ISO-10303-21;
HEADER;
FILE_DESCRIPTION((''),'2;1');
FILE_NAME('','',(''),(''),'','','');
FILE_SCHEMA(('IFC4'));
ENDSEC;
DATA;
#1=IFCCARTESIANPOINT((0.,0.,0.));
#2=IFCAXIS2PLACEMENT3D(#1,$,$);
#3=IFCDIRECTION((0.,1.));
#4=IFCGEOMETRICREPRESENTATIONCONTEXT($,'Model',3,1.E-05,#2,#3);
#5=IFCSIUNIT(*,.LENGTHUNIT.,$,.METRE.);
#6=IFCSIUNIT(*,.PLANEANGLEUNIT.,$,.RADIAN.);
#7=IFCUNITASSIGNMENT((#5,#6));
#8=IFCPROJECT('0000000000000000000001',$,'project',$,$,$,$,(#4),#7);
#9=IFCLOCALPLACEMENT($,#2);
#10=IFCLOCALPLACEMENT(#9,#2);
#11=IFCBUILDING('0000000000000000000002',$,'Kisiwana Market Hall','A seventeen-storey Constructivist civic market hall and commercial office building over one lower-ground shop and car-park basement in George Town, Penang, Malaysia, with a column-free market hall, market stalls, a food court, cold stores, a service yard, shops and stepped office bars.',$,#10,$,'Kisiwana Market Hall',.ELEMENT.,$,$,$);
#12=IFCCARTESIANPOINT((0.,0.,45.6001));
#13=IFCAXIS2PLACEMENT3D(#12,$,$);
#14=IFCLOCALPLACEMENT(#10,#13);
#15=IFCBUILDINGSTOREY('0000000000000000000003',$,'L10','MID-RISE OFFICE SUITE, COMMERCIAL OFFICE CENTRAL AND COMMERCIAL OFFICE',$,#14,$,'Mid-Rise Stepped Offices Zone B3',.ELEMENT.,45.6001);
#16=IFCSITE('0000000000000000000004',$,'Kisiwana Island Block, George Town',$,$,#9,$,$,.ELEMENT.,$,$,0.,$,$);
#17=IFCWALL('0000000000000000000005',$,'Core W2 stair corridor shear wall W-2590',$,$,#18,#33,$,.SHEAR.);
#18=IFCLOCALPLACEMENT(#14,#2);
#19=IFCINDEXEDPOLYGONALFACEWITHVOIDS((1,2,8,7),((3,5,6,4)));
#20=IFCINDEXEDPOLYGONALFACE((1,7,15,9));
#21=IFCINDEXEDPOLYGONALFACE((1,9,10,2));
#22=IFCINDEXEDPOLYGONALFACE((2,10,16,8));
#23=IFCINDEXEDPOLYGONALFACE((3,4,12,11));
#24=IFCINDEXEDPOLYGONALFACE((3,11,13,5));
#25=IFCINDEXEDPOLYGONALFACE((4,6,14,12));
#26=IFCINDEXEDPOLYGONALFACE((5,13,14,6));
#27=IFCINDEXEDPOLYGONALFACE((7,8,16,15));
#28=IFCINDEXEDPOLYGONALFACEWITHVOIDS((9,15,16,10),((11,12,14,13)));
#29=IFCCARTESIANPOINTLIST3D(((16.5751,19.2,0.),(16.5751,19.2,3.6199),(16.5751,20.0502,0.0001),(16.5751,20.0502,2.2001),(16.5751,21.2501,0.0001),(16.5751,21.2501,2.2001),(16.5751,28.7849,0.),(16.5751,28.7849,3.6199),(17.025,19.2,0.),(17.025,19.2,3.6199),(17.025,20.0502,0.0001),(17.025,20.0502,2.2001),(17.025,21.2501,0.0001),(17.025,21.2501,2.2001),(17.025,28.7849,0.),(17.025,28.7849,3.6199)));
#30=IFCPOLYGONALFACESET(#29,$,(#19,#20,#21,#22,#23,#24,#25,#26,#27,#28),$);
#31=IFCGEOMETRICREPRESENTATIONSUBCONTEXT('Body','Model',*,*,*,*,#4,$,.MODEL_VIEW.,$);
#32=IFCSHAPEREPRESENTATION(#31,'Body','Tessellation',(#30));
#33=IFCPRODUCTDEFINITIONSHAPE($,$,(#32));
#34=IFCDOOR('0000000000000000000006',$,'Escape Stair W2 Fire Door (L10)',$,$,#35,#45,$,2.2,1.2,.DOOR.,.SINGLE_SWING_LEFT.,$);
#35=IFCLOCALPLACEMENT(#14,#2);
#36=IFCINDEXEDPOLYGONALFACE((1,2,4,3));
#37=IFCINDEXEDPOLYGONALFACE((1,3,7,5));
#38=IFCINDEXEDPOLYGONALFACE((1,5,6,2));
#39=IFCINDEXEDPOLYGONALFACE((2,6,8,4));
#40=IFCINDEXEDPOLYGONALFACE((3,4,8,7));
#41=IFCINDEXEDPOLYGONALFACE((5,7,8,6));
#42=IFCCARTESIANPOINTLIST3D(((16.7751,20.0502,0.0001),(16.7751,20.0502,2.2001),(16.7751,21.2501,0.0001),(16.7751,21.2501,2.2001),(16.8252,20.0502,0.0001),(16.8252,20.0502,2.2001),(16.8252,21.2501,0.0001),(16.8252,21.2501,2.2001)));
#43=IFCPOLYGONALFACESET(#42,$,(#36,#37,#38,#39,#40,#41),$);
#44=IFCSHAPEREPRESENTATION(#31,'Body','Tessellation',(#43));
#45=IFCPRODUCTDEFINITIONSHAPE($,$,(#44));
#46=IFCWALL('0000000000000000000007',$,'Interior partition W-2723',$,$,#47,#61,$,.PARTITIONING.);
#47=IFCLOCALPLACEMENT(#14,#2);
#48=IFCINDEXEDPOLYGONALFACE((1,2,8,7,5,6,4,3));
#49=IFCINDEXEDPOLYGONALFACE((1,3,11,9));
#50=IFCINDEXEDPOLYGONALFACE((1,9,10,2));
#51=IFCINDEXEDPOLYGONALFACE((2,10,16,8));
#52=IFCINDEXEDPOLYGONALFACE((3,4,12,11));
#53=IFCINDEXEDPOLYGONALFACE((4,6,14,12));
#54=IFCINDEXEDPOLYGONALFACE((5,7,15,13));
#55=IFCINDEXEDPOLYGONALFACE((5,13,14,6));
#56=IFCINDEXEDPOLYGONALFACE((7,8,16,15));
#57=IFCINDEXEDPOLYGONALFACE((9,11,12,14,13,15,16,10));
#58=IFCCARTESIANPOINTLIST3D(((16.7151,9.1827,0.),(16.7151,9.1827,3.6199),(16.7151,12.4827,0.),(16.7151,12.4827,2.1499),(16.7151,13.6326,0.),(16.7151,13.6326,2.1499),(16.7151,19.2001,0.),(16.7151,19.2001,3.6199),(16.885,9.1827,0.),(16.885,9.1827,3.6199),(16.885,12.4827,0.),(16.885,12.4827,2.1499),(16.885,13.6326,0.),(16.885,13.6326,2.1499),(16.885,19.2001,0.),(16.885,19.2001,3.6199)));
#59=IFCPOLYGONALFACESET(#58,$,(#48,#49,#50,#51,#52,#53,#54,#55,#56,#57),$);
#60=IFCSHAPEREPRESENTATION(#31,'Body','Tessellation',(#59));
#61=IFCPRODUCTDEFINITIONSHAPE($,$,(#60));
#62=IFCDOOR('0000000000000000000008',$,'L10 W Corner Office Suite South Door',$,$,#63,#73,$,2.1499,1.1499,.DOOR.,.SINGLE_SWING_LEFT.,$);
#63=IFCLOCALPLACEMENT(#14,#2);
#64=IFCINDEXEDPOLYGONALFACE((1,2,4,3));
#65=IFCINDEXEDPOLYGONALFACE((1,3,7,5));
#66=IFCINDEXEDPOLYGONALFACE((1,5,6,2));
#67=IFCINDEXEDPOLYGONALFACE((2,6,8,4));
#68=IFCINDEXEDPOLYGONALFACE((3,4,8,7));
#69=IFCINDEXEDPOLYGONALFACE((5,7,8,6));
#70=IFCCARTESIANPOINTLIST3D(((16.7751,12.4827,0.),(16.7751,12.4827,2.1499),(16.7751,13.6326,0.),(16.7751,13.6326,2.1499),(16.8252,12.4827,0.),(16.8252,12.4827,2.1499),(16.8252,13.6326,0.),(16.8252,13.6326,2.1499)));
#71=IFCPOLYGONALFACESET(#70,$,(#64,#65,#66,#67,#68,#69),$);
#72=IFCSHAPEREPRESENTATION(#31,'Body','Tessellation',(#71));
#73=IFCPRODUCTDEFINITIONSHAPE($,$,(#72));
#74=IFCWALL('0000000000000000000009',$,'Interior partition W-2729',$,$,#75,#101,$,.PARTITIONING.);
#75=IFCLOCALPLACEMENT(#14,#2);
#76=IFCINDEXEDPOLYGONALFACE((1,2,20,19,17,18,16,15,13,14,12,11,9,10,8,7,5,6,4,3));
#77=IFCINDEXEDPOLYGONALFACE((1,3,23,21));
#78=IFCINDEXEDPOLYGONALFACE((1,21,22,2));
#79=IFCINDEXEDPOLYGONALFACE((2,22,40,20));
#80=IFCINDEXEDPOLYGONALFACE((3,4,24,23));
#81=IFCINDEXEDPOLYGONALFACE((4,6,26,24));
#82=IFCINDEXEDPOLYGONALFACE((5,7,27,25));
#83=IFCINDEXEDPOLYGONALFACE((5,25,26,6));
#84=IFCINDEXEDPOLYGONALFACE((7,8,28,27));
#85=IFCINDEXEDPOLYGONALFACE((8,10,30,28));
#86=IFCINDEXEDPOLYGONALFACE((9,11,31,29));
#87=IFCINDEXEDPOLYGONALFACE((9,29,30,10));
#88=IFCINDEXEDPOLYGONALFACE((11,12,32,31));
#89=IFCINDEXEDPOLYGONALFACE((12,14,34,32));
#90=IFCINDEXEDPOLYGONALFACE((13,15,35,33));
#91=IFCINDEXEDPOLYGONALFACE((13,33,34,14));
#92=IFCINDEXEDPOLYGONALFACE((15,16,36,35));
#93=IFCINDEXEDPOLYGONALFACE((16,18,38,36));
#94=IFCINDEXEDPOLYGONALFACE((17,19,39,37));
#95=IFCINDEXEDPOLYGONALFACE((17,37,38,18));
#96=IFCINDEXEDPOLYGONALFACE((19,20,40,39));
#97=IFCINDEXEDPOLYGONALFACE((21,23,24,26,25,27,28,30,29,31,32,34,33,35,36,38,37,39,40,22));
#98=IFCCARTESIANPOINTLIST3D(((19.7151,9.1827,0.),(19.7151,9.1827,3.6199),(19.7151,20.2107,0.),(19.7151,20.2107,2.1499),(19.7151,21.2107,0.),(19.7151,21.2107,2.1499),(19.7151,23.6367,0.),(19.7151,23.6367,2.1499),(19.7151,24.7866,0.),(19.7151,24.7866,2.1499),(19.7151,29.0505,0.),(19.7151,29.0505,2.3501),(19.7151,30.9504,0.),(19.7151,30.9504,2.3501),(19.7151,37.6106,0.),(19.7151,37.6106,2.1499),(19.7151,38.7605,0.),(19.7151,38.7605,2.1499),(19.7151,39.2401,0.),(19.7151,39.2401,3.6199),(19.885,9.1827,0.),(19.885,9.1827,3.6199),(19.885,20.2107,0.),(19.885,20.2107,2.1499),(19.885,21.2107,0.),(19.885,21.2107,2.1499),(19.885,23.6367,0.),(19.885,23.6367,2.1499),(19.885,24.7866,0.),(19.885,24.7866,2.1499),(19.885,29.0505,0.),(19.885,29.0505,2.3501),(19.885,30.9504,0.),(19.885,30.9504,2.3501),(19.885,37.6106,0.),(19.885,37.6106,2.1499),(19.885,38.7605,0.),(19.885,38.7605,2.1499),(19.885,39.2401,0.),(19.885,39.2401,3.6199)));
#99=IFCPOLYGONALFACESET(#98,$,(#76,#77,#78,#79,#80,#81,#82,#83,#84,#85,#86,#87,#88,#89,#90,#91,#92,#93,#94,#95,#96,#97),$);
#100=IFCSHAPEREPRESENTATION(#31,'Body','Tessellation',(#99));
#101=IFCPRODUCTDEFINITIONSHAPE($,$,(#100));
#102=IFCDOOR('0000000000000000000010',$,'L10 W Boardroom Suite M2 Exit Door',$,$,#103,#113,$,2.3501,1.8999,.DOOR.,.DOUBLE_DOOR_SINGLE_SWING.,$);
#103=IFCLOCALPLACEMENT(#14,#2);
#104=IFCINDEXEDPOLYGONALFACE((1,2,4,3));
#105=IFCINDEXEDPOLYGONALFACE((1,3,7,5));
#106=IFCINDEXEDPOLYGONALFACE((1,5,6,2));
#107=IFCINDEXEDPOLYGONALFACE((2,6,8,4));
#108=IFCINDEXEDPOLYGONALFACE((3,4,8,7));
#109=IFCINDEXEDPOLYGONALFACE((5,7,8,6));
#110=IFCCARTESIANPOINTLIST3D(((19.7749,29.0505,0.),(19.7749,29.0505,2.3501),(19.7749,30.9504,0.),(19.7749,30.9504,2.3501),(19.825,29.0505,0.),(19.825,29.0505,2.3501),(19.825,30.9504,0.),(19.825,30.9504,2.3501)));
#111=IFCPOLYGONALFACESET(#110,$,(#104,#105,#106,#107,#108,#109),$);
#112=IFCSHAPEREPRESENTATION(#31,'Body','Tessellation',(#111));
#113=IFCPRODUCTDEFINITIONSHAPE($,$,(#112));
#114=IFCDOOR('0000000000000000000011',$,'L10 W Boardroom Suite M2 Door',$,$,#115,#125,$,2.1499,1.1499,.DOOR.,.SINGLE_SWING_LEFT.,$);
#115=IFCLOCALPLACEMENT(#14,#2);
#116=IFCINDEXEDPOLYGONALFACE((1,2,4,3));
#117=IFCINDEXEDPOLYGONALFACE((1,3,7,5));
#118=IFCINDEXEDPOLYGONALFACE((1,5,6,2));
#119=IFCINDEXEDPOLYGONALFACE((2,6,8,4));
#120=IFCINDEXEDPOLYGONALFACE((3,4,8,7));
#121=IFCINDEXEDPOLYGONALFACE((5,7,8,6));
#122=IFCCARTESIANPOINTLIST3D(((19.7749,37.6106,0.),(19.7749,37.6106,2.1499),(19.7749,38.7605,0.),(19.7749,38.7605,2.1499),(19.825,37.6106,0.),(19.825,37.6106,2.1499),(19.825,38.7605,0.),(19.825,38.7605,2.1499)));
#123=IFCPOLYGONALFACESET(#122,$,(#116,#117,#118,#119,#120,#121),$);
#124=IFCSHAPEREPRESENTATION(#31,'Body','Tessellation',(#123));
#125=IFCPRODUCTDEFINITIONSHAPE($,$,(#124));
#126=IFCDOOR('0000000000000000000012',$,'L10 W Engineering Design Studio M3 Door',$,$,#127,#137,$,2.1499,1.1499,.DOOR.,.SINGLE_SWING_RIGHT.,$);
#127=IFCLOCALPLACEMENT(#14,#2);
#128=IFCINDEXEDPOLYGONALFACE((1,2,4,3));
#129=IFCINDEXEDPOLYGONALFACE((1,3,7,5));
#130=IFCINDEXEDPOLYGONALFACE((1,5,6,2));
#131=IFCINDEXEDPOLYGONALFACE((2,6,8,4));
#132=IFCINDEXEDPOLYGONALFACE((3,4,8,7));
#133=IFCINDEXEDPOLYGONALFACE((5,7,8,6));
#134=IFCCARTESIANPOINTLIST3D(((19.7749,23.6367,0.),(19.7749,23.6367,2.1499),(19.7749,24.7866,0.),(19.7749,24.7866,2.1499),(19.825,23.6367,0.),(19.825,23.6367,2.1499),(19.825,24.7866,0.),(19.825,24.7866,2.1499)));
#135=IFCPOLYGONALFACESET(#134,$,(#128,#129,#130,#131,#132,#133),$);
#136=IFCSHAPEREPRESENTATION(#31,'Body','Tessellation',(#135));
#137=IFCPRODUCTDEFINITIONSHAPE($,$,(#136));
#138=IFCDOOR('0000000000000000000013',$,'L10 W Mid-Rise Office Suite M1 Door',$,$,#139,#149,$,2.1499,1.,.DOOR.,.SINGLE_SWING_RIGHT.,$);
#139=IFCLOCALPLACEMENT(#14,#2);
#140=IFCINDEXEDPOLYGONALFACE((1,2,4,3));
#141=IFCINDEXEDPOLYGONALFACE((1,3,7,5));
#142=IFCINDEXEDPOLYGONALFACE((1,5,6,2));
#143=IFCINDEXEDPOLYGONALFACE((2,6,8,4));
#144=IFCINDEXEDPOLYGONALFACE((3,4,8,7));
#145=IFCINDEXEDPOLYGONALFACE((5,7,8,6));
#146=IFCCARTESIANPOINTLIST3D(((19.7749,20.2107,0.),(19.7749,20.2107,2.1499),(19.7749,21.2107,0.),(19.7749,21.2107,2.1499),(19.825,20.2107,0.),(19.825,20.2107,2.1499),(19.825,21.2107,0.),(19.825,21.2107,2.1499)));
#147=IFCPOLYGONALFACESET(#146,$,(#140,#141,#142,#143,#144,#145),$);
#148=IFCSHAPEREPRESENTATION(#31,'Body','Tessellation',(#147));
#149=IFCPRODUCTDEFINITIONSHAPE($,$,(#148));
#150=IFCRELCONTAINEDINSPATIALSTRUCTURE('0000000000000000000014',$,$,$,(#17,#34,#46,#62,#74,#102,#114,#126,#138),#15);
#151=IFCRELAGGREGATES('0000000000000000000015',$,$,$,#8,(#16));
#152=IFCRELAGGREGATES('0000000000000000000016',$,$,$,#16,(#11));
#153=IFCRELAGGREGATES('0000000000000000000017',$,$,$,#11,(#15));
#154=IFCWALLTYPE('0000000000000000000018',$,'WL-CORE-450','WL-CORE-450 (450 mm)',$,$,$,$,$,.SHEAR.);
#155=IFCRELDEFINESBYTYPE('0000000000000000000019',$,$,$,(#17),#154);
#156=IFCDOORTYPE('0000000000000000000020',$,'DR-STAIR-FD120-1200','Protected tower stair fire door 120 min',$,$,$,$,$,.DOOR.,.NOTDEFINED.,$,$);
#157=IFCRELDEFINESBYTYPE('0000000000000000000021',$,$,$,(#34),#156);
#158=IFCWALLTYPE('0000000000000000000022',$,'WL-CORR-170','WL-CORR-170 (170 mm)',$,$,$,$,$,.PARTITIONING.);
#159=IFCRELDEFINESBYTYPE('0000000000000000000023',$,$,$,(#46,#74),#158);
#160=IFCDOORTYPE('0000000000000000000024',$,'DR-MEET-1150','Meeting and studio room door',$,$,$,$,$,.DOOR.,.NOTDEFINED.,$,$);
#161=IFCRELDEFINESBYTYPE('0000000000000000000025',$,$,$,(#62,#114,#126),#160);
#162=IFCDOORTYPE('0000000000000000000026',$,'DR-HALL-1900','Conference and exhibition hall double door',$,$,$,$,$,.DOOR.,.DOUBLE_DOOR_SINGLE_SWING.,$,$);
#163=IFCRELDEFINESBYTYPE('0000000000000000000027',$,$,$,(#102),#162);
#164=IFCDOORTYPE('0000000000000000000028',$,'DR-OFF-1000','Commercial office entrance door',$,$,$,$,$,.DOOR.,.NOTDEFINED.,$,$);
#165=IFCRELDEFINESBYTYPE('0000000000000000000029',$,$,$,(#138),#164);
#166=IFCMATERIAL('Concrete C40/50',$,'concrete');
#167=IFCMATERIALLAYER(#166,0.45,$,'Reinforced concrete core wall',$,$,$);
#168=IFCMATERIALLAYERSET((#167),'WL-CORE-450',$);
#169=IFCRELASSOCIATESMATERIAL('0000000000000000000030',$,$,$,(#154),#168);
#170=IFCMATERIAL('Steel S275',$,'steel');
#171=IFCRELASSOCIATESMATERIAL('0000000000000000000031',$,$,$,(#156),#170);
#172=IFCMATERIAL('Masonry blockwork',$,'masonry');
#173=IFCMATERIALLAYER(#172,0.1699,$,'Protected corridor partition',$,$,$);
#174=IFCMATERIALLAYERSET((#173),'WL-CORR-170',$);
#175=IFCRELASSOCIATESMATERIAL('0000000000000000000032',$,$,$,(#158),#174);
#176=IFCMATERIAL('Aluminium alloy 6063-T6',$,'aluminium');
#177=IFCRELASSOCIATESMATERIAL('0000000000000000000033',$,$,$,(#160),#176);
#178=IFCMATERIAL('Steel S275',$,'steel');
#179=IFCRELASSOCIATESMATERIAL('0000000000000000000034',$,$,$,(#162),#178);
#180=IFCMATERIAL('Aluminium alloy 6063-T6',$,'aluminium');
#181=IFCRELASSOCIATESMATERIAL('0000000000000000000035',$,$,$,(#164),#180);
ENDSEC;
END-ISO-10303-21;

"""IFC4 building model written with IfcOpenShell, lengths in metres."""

from ifc_helpers import new_model, si_unit, direction, frame, frame_2d, origin, place, context, subcontext, project, spatial, rectangle, extrude, material, layer, layer_set, type_object, element, fill, save


model = new_model("IFC4")

# Units and contexts
model_context = context("Model", 3, precision=1e-05, world=origin(), true_north=direction((0.0, 1.0)))
body_context = subcontext(model_context, "Body", "Model", "MODEL_VIEW")
ifc_project = project(units=[si_unit("LENGTHUNIT", "METRE"), si_unit("PLANEANGLEUNIT", "RADIAN")], contexts=[model_context])

# Site, building, storey
site_placement = place(None, origin())
site = spatial("IfcSite", under=ifc_project, at=site_placement, Name="Kisiwana Island Block, George Town", CompositionType="ELEMENT", RefElevation=0.0)
building_placement = place(site_placement, origin())
building = spatial("IfcBuilding", under=site, at=building_placement, Name="Kisiwana Market Hall", Description="A seventeen-storey Constructivist civic market hall and commercial office building over one lower-ground shop and car-park basement in George Town, Penang, Malaysia, with a column-free market hall, market stalls, a food court, cold stores, a service yard, shops and stepped office bars.", LongName="Kisiwana Market Hall", CompositionType="ELEMENT")
storey_placement = place(building_placement, frame((0.0, 0.0, 45.6001)))
storey = spatial("IfcBuildingStorey", under=building, at=storey_placement, Name="L10", Description="MID-RISE OFFICE SUITE, COMMERCIAL OFFICE CENTRAL AND COMMERCIAL OFFICE", LongName="Mid-Rise Stepped Offices Zone B3", CompositionType="ELEMENT", Elevation=45.6001)

# Walls, openings, doors
ifc_material_1 = material(Name="Concrete C40/50", Category="concrete")
ifc_layer_1 = layer(ifc_material_1, 0.45, Name="Reinforced concrete core wall")
ifc_layer_set_1 = layer_set([ifc_layer_1], Name="WL-CORE-450")
wall_type_1 = type_object("IfcWallType", Name="WL-CORE-450", Description="WL-CORE-450 (450 mm)", PredefinedType="SHEAR", material=ifc_layer_set_1)
wall_1_placement = place(storey_placement, frame((16.8, 19.2, 0.0), z_axis=(0.0, 0.0, 1.0), x_axis=(0.0, 1.0, 0.0)))
wall_1 = element("IfcWall", 1, at=wall_1_placement, inside=storey, type_object=wall_type_1, Name="Core W2 stair corridor shear wall W-2590", PredefinedType="SHEAR", context=body_context, shape_type="SweptSolid", body=[
    extrude(rectangle(XDim=9.585, YDim=0.45, at=frame_2d((4.7925, 0.0))), origin(), (0.0, 0.0, 1.0), 3.6199),
])
opening_1_placement = place(wall_1_placement, frame((0.8501, 0.0, 0.0)))
opening_1 = element("IfcOpeningElement", 2, at=opening_1_placement, cuts=wall_1, PredefinedType="OPENING", context=body_context, shape_type="SweptSolid", body=[
    extrude(rectangle(XDim=1.2, YDim=2.2, at=frame_2d((0.6001, 1.1001))), frame((0.0, 0.2368, 0.0), z_axis=(0.0, -1.0, 0.0), x_axis=(1.0, 0.0, 0.0)), (0.0, 0.0, 1.0), 0.4739),
])
ifc_material_2 = material(Name="Steel S275", Category="steel")
door_type_1 = type_object("IfcDoorType", Name="DR-STAIR-FD120-1200", Description="Protected tower stair fire door 120 min", OperationType="NOTDEFINED", PredefinedType="DOOR", material=ifc_material_2)
door_1_placement = place(opening_1_placement, origin())
door_1 = element("IfcDoor", 3, at=door_1_placement, inside=storey, type_object=door_type_1, Name="Escape Stair W2 Fire Door (L10)", OperationType="SINGLE_SWING_LEFT", OverallHeight=2.2, OverallWidth=1.2, PredefinedType="DOOR", context=body_context, shape_type="SweptSolid", body=[
    extrude(rectangle(XDim=1.2, YDim=2.2, at=frame_2d((0.6001, 1.1001))), frame((0.0, 0.0249, 0.0), z_axis=(0.0, -1.0, 0.0), x_axis=(1.0, 0.0, 0.0)), (0.0, 0.0, 1.0), 0.05),
])
fill(opening_1, door_1)
ifc_material_3 = material(Name="Masonry blockwork", Category="masonry")
ifc_layer_2 = layer(ifc_material_3, 0.1699, Name="Protected corridor partition")
ifc_layer_set_2 = layer_set([ifc_layer_2], Name="WL-CORR-170")
wall_type_2 = type_object("IfcWallType", Name="WL-CORR-170", Description="WL-CORR-170 (170 mm)", PredefinedType="PARTITIONING", material=ifc_layer_set_2)
wall_2_placement = place(storey_placement, frame((16.8, 9.1826, 0.0), z_axis=(0.0, 0.0, 1.0), x_axis=(0.0, 1.0, 0.0)))
wall_2 = element("IfcWall", 4, at=wall_2_placement, inside=storey, type_object=wall_type_2, Name="Interior partition W-2723", PredefinedType="PARTITIONING", context=body_context, shape_type="SweptSolid", body=[
    extrude(rectangle(XDim=10.0173, YDim=0.1699, at=frame_2d((5.0088, 0.0))), origin(), (0.0, 0.0, 1.0), 3.6199),
])
opening_2_placement = place(wall_2_placement, frame((3.3, 0.0, 0.0)))
opening_2 = element("IfcOpeningElement", 5, at=opening_2_placement, cuts=wall_2, PredefinedType="OPENING", context=body_context, shape_type="SweptSolid", body=[
    extrude(rectangle(XDim=1.1499, YDim=2.1499, at=frame_2d((0.575, 1.075))), frame((0.0, 0.0969, 0.0), z_axis=(0.0, -1.0, 0.0), x_axis=(1.0, 0.0, 0.0)), (0.0, 0.0, 1.0), 0.1938),
])
ifc_material_4 = material(Name="Aluminium alloy 6063-T6", Category="aluminium")
door_type_2 = type_object("IfcDoorType", Name="DR-MEET-1150", Description="Meeting and studio room door", OperationType="NOTDEFINED", PredefinedType="DOOR", material=ifc_material_4)
door_2_placement = place(opening_2_placement, origin())
door_2 = element("IfcDoor", 6, at=door_2_placement, inside=storey, type_object=door_type_2, Name="L10 W Corner Office Suite South Door", OperationType="SINGLE_SWING_LEFT", OverallHeight=2.1499, OverallWidth=1.1499, PredefinedType="DOOR", context=body_context, shape_type="SweptSolid", body=[
    extrude(rectangle(XDim=1.1499, YDim=2.1499, at=frame_2d((0.575, 1.075))), frame((0.0, 0.0249, 0.0), z_axis=(0.0, -1.0, 0.0), x_axis=(1.0, 0.0, 0.0)), (0.0, 0.0, 1.0), 0.05),
])
fill(opening_2, door_2)

# Wall, openings, doors
wall_3_placement = place(storey_placement, frame((19.8, 9.1826, 0.0), z_axis=(0.0, 0.0, 1.0), x_axis=(0.0, 1.0, 0.0)))
wall_3 = element("IfcWall", 7, at=wall_3_placement, inside=storey, type_object=wall_type_2, Name="Interior partition W-2729", PredefinedType="PARTITIONING", context=body_context, shape_type="SweptSolid", body=[
    extrude(rectangle(XDim=30.0574, YDim=0.1699, at=frame_2d((15.0288, 0.0))), origin(), (0.0, 0.0, 1.0), 3.6199),
])
opening_3_placement = place(wall_3_placement, frame((11.0281, 0.0, 0.0)))
opening_3 = element("IfcOpeningElement", 8, at=opening_3_placement, cuts=wall_3, PredefinedType="OPENING", context=body_context, shape_type="SweptSolid", body=[
    extrude(rectangle(XDim=1.0, YDim=2.1499, at=frame_2d((0.5, 1.075))), frame((0.0, 0.0969, 0.0), z_axis=(0.0, -1.0, 0.0), x_axis=(1.0, 0.0, 0.0)), (0.0, 0.0, 1.0), 0.1938),
])
opening_4_placement = place(wall_3_placement, frame((28.428, 0.0, 0.0)))
opening_4 = element("IfcOpeningElement", 9, at=opening_4_placement, cuts=wall_3, PredefinedType="OPENING", context=body_context, shape_type="SweptSolid", body=[
    extrude(rectangle(XDim=1.1499, YDim=2.1499, at=frame_2d((0.575, 1.075))), frame((0.0, 0.0969, 0.0), z_axis=(0.0, -1.0, 0.0), x_axis=(1.0, 0.0, 0.0)), (0.0, 0.0, 1.0), 0.1938),
])
opening_5_placement = place(wall_3_placement, frame((14.4541, 0.0, 0.0)))
opening_5 = element("IfcOpeningElement", 10, at=opening_5_placement, cuts=wall_3, PredefinedType="OPENING", context=body_context, shape_type="SweptSolid", body=[
    extrude(rectangle(XDim=1.1499, YDim=2.1499, at=frame_2d((0.575, 1.075))), frame((0.0, 0.0969, 0.0), z_axis=(0.0, -1.0, 0.0), x_axis=(1.0, 0.0, 0.0)), (0.0, 0.0, 1.0), 0.1938),
])
opening_6_placement = place(wall_3_placement, frame((19.8679, 0.0, 0.0)))
opening_6 = element("IfcOpeningElement", 11, at=opening_6_placement, cuts=wall_3, PredefinedType="OPENING", context=body_context, shape_type="SweptSolid", body=[
    extrude(rectangle(XDim=1.8999, YDim=2.3501, at=frame_2d((0.95, 1.175))), frame((0.0, 0.0969, 0.0), z_axis=(0.0, -1.0, 0.0), x_axis=(1.0, 0.0, 0.0)), (0.0, 0.0, 1.0), 0.1938),
])
ifc_material_5 = material(Name="Steel S275", Category="steel")
door_type_3 = type_object("IfcDoorType", Name="DR-HALL-1900", Description="Conference and exhibition hall double door", OperationType="DOUBLE_DOOR_SINGLE_SWING", PredefinedType="DOOR", material=ifc_material_5)
door_3_placement = place(opening_6_placement, frame((1.8999, 0.0, 0.0), z_axis=(0.0, 0.0, 1.0), x_axis=(-1.0, 0.0, 0.0)))
door_3 = element("IfcDoor", 12, at=door_3_placement, inside=storey, type_object=door_type_3, Name="L10 W Boardroom Suite M2 Exit Door", OperationType="DOUBLE_DOOR_SINGLE_SWING", OverallHeight=2.3501, OverallWidth=1.8999, PredefinedType="DOOR", context=body_context, shape_type="SweptSolid", body=[
    extrude(rectangle(XDim=1.8999, YDim=2.3501, at=frame_2d((0.95, 1.175))), frame((0.0, 0.0249, 0.0), z_axis=(0.0, -1.0, 0.0), x_axis=(1.0, 0.0, 0.0)), (0.0, 0.0, 1.0), 0.05),
])
fill(opening_6, door_3)
door_4_placement = place(opening_4_placement, frame((1.1499, 0.0, 0.0), z_axis=(0.0, 0.0, 1.0), x_axis=(-1.0, 0.0, 0.0)))
door_4 = element("IfcDoor", 13, at=door_4_placement, inside=storey, type_object=door_type_2, Name="L10 W Boardroom Suite M2 Door", OperationType="SINGLE_SWING_LEFT", OverallHeight=2.1499, OverallWidth=1.1499, PredefinedType="DOOR", context=body_context, shape_type="SweptSolid", body=[
    extrude(rectangle(XDim=1.1499, YDim=2.1499, at=frame_2d((0.575, 1.075))), frame((0.0, 0.0249, 0.0), z_axis=(0.0, -1.0, 0.0), x_axis=(1.0, 0.0, 0.0)), (0.0, 0.0, 1.0), 0.05),
])
fill(opening_4, door_4)
door_5_placement = place(opening_5_placement, frame((1.1499, 0.0, 0.0), z_axis=(0.0, 0.0, 1.0), x_axis=(-1.0, 0.0, 0.0)))
door_5 = element("IfcDoor", 14, at=door_5_placement, inside=storey, type_object=door_type_2, Name="L10 W Engineering Design Studio M3 Door", OperationType="SINGLE_SWING_RIGHT", OverallHeight=2.1499, OverallWidth=1.1499, PredefinedType="DOOR", context=body_context, shape_type="SweptSolid", body=[
    extrude(rectangle(XDim=1.1499, YDim=2.1499, at=frame_2d((0.575, 1.075))), frame((0.0, 0.0249, 0.0), z_axis=(0.0, -1.0, 0.0), x_axis=(1.0, 0.0, 0.0)), (0.0, 0.0, 1.0), 0.05),
])
fill(opening_5, door_5)
ifc_material_6 = material(Name="Aluminium alloy 6063-T6", Category="aluminium")
door_type_4 = type_object("IfcDoorType", Name="DR-OFF-1000", Description="Commercial office entrance door", OperationType="NOTDEFINED", PredefinedType="DOOR", material=ifc_material_6)
door_6_placement = place(opening_3_placement, frame((1.0, 0.0, 0.0), z_axis=(0.0, 0.0, 1.0), x_axis=(-1.0, 0.0, 0.0)))
door_6 = element("IfcDoor", 15, at=door_6_placement, inside=storey, type_object=door_type_4, Name="L10 W Mid-Rise Office Suite M1 Door", OperationType="SINGLE_SWING_RIGHT", OverallHeight=2.1499, OverallWidth=1.0, PredefinedType="DOOR", context=body_context, shape_type="SweptSolid", body=[
    extrude(rectangle(XDim=1.0, YDim=2.1499, at=frame_2d((0.5, 1.075))), frame((0.0, 0.0249, 0.0), z_axis=(0.0, -1.0, 0.0), x_axis=(1.0, 0.0, 0.0)), (0.0, 0.0, 1.0), 0.05),
])
fill(opening_3, door_6)

save(model, "model.ifc")
